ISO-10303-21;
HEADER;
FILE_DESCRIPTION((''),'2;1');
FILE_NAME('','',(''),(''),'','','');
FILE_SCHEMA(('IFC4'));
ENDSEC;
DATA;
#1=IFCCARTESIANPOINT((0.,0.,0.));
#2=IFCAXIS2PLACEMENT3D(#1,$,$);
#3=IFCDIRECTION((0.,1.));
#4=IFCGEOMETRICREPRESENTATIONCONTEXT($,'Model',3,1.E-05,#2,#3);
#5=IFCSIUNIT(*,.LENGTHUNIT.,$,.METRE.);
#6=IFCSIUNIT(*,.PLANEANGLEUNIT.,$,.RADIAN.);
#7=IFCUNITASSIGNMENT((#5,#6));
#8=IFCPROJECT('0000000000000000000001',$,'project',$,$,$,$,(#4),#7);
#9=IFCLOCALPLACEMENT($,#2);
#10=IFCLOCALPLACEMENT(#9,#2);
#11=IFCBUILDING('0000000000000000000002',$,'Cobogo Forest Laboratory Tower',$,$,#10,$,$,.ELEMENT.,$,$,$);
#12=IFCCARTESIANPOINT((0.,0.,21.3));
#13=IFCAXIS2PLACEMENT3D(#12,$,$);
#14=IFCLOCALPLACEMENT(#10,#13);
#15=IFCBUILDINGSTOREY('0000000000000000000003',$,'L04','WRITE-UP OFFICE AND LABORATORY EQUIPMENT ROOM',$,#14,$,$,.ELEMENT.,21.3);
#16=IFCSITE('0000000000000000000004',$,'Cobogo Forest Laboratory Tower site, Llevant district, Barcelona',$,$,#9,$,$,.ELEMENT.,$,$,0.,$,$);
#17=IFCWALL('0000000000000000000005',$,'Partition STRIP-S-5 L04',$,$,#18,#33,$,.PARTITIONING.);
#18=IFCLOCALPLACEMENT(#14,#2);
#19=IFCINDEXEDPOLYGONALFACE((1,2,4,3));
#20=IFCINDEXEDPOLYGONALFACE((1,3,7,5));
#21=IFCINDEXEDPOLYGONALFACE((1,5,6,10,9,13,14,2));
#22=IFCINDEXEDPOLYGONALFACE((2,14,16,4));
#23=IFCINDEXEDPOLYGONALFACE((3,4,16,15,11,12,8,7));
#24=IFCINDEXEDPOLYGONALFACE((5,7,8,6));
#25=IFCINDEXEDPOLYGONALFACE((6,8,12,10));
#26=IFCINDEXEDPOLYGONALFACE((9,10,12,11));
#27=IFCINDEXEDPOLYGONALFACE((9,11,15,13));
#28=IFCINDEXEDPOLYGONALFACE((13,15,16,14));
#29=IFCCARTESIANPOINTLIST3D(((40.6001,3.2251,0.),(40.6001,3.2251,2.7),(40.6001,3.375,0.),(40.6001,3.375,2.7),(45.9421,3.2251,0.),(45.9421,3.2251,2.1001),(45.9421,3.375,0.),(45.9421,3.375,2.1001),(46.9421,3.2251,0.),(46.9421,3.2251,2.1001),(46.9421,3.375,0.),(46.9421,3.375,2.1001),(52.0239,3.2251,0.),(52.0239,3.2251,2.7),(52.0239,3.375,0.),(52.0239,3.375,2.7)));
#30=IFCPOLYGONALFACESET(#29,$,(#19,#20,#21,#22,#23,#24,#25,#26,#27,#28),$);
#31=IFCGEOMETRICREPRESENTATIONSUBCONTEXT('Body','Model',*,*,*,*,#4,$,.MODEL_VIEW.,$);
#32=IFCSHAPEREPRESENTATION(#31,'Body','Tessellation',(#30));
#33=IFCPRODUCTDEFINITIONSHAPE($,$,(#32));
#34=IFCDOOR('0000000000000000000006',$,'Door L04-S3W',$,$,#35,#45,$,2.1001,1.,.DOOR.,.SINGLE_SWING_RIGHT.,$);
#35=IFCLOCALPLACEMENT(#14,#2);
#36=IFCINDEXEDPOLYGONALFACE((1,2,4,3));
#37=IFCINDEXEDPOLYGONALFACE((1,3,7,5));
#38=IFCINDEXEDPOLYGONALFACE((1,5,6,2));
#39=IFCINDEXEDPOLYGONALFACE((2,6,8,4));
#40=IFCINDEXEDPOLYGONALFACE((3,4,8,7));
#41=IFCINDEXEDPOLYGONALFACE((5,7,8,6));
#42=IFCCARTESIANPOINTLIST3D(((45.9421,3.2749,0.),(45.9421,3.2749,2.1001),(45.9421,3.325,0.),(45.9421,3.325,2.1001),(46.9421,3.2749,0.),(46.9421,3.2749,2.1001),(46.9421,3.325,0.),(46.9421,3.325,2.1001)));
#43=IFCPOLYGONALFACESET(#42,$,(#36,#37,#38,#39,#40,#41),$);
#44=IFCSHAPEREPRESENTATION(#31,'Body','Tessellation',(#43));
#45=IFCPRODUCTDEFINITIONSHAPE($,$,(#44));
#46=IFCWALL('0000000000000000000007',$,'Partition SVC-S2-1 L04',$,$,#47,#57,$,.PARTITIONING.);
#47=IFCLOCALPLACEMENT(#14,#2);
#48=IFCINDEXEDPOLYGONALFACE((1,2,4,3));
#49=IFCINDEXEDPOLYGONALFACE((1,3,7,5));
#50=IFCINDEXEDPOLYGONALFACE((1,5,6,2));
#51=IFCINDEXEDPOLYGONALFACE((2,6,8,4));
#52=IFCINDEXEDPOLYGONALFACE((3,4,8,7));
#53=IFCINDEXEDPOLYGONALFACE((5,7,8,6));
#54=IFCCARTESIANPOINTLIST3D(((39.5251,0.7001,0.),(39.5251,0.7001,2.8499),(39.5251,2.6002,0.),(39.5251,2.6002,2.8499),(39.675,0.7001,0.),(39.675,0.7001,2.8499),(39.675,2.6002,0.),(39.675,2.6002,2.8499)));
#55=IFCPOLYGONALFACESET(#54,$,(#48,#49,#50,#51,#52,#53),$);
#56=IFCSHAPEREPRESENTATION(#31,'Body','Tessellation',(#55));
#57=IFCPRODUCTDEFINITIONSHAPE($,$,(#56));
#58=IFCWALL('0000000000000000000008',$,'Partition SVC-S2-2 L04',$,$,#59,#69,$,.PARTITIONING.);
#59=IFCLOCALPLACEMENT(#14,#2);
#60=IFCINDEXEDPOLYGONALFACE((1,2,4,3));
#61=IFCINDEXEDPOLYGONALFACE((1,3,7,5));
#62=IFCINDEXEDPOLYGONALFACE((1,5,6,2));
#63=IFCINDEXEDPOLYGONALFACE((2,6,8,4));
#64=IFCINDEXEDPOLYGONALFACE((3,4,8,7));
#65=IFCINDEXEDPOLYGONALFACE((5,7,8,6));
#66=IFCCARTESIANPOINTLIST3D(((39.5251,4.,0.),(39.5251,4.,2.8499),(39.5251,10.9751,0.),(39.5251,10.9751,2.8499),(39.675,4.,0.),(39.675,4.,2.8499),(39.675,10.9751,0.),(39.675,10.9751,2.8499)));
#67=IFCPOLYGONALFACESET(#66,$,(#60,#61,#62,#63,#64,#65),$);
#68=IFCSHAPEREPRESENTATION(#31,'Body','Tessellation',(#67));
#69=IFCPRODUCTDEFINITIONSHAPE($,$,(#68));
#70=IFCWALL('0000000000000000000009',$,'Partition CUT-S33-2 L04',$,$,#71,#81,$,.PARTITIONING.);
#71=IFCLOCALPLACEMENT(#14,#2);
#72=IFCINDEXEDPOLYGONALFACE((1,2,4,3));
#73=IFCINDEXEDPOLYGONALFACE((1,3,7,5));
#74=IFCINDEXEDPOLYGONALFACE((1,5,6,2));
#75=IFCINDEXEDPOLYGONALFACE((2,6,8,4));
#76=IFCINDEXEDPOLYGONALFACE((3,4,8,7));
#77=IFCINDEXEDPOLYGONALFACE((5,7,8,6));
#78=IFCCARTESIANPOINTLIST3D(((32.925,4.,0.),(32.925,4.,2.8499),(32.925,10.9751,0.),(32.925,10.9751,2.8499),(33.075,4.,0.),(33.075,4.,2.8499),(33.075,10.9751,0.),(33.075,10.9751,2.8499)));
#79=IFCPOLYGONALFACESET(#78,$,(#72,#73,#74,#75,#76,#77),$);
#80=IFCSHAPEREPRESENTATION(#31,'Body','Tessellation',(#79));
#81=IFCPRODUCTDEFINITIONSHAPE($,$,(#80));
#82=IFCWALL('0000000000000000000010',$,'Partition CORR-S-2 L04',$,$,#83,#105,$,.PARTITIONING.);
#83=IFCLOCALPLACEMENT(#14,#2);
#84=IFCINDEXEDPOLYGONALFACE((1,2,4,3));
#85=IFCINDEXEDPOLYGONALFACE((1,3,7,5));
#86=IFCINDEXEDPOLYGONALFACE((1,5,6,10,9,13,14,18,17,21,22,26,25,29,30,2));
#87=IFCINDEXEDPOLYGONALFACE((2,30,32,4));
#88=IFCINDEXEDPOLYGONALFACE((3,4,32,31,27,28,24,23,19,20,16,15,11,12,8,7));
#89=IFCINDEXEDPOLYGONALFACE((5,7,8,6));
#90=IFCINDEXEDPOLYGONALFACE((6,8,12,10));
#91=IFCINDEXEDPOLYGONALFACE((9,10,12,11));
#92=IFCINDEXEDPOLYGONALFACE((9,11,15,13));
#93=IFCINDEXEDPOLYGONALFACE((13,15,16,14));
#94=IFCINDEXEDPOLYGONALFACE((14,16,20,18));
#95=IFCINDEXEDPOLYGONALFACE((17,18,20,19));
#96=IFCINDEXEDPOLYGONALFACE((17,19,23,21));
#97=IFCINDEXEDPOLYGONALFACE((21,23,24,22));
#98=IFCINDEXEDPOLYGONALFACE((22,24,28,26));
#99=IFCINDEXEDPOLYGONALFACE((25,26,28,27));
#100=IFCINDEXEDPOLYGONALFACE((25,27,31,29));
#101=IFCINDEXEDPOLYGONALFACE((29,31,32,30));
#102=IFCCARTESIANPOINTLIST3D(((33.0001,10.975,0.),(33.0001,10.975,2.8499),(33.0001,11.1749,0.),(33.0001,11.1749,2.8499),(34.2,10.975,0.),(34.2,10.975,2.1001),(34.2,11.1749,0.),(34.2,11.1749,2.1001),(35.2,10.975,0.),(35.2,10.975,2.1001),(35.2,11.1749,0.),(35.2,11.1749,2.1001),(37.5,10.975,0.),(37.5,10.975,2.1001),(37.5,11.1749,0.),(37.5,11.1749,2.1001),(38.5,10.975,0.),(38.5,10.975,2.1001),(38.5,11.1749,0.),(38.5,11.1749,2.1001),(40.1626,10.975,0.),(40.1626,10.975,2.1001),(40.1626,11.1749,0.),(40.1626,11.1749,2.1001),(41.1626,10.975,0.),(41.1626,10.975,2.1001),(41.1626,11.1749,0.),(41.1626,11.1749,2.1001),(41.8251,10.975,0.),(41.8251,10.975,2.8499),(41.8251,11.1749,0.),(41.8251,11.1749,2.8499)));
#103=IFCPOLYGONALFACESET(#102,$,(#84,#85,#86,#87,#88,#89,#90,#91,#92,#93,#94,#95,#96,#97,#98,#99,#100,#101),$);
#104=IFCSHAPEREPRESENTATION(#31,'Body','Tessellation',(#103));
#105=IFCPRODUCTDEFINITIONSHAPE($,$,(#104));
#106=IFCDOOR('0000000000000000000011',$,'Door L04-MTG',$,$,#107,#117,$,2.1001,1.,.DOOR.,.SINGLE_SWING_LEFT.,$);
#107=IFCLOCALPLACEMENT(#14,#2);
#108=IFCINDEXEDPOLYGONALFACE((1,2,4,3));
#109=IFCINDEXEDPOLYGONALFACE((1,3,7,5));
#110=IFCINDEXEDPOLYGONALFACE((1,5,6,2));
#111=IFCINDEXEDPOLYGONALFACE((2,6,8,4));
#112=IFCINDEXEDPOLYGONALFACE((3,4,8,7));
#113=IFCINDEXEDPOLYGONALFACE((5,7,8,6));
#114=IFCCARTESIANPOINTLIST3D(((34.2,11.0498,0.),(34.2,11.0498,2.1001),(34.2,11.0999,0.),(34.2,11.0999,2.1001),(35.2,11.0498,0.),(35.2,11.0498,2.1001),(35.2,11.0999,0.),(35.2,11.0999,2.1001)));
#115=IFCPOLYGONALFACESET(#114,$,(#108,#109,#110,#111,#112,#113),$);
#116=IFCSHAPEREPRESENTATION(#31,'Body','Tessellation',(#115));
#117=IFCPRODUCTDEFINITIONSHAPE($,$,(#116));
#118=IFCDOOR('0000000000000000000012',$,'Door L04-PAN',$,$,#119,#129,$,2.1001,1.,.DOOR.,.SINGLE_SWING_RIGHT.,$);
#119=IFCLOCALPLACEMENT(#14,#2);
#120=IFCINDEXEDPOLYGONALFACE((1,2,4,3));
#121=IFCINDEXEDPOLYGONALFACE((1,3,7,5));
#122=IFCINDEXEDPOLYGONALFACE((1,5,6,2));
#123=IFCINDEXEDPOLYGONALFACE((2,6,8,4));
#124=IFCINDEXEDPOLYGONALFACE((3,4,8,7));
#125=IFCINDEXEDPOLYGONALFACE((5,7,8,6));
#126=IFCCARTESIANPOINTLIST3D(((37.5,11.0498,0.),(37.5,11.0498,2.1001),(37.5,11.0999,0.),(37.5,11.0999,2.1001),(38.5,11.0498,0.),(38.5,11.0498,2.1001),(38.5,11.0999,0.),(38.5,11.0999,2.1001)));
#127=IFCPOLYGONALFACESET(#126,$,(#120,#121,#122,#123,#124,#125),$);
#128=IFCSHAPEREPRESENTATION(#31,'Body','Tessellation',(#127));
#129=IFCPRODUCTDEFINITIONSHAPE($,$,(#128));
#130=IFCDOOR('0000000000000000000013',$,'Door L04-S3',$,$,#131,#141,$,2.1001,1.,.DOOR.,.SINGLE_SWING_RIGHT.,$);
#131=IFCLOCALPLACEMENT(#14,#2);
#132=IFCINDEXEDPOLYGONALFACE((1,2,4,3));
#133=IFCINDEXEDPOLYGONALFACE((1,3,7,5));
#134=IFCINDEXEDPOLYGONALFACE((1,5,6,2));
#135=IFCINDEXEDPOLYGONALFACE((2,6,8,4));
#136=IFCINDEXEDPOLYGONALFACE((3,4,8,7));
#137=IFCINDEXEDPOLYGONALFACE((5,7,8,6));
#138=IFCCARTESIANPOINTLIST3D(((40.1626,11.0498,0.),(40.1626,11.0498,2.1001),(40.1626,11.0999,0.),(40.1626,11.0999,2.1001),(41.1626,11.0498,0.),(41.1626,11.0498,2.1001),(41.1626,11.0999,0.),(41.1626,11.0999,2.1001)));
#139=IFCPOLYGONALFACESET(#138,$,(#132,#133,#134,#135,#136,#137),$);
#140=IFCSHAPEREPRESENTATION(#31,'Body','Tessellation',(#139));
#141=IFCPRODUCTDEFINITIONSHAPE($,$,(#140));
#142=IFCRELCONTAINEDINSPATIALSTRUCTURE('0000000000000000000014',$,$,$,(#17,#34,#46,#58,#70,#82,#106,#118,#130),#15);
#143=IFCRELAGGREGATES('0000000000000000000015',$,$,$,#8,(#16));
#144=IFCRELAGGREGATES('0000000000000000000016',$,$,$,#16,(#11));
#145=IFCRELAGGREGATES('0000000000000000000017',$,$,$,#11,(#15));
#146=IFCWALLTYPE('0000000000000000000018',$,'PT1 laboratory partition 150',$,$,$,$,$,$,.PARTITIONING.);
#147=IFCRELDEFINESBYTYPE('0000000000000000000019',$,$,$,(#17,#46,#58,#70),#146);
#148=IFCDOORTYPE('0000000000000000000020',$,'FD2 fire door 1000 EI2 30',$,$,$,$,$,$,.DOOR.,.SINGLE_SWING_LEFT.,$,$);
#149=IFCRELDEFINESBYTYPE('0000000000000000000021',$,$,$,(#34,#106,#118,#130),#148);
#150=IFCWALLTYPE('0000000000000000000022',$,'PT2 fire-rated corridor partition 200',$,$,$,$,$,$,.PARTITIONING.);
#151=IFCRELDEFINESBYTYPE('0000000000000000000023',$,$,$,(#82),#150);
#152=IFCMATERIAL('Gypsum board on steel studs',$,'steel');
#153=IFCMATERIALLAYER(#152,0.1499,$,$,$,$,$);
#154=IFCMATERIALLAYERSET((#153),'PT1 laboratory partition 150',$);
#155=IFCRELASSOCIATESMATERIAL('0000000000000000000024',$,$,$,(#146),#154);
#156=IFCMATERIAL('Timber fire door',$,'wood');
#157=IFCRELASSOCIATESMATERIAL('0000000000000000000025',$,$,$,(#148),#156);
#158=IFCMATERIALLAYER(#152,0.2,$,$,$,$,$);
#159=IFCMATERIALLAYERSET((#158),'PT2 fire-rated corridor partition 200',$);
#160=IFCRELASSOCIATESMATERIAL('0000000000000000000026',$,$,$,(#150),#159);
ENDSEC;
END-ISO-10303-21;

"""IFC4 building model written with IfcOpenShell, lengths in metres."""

from ifc_helpers import new_model, si_unit, direction, frame, frame_2d, origin, place, context, subcontext, project, spatial, rectangle, extrude, material, layer, layer_set, type_object, element, fill, save


model = new_model("IFC4")

# Units and contexts
model_context = context("Model", 3, precision=1e-05, world=origin(), true_north=direction((0.0, 1.0)))
body_context = subcontext(model_context, "Body", "Model", "MODEL_VIEW")
ifc_project = project(units=[si_unit("LENGTHUNIT", "METRE"), si_unit("PLANEANGLEUNIT", "RADIAN")], contexts=[model_context])

# Site, building, storey
site_placement = place(None, origin())
site = spatial("IfcSite", under=ifc_project, at=site_placement, Name="Cobogo Forest Laboratory Tower site, Llevant district, Barcelona", CompositionType="ELEMENT", RefElevation=0.0)
building_placement = place(site_placement, origin())
building = spatial("IfcBuilding", under=site, at=building_placement, Name="Cobogo Forest Laboratory Tower", CompositionType="ELEMENT")
storey_placement = place(building_placement, frame((0.0, 0.0, 21.3)))
storey = spatial("IfcBuildingStorey", under=building, at=storey_placement, Name="L04", Description="WRITE-UP OFFICE AND LABORATORY EQUIPMENT ROOM", CompositionType="ELEMENT", Elevation=21.3)

# Wall, opening, door
ifc_material_1 = material(Name="Gypsum board on steel studs", Category="steel")
ifc_layer_1 = layer(ifc_material_1, 0.1499)
ifc_layer_set_1 = layer_set([ifc_layer_1], Name="PT1 laboratory partition 150")
wall_type_1 = type_object("IfcWallType", Name="PT1 laboratory partition 150", PredefinedType="PARTITIONING", material=ifc_layer_set_1)
wall_1_placement = place(storey_placement, frame((40.6001, 3.3, 0.0), z_axis=(0.0, 0.0, 1.0), x_axis=(1.0, 0.0, 0.0)))
wall_1 = element("IfcWall", 1, at=wall_1_placement, inside=storey, type_object=wall_type_1, Name="Partition STRIP-S-5 L04", PredefinedType="PARTITIONING", context=body_context, shape_type="SweptSolid", body=[
    extrude(rectangle(XDim=11.4238, YDim=0.1499, at=frame_2d((5.7119, 0.0))), origin(), (0.0, 0.0, 1.0), 2.7),
])
opening_1_placement = place(wall_1_placement, frame((5.342, 0.0, 0.0)))
opening_1 = element("IfcOpeningElement", 2, at=opening_1_placement, cuts=wall_1, PredefinedType="OPENING", context=body_context, shape_type="SweptSolid", body=[
    extrude(rectangle(XDim=1.0, YDim=2.1001, at=frame_2d((0.5, 1.05))), frame((0.0, 0.085, 0.0), z_axis=(0.0, -1.0, 0.0), x_axis=(1.0, 0.0, 0.0)), (0.0, 0.0, 1.0), 0.1699),
])
ifc_material_2 = material(Name="Timber fire door", Category="wood")
door_type_1 = type_object("IfcDoorType", Name="FD2 fire door 1000 EI2 30", OperationType="SINGLE_SWING_LEFT", PredefinedType="DOOR", material=ifc_material_2)
door_1_placement = place(opening_1_placement, origin())
door_1 = element("IfcDoor", 3, at=door_1_placement, inside=storey, type_object=door_type_1, Name="Door L04-S3W", OperationType="SINGLE_SWING_RIGHT", OverallHeight=2.1001, OverallWidth=1.0, PredefinedType="DOOR", context=body_context, shape_type="SweptSolid", body=[
    extrude(rectangle(XDim=1.0, YDim=2.1001, at=frame_2d((0.5, 1.05))), frame((0.0, 0.0249, 0.0), z_axis=(0.0, -1.0, 0.0), x_axis=(1.0, 0.0, 0.0)), (0.0, 0.0, 1.0), 0.05),
])
fill(opening_1, door_1)

# Walls
wall_2_placement = place(storey_placement, frame((39.6001, 0.7, 0.0), z_axis=(0.0, 0.0, 1.0), x_axis=(0.0, 1.0, 0.0)))
element("IfcWall", 4, at=wall_2_placement, inside=storey, type_object=wall_type_1, Name="Partition SVC-S2-1 L04", PredefinedType="PARTITIONING", context=body_context, shape_type="SweptSolid", body=[
    extrude(rectangle(XDim=1.9001, YDim=0.1499, at=frame_2d((0.9502, 0.0))), origin(), (0.0, 0.0, 1.0), 2.8499),
])
for number, where, z_axis, x_axis, name in (
    (5, (39.6001, 4.0, 0.0), (0.0, 0.0, 1.0), (0.0, 1.0, 0.0), "Partition SVC-S2-2 L04"),
    (6, (33.0, 4.0, 0.0), (0.0, 0.0, 1.0), (0.0, 1.0, 0.0), "Partition CUT-S33-2 L04"),
):
    element("IfcWall", number, at=place(storey_placement, frame(where, z_axis=z_axis, x_axis=x_axis)), inside=storey, type_object=wall_type_1, Name=name, PredefinedType="PARTITIONING", context=body_context, shape_type="SweptSolid", body=[
        extrude(rectangle(XDim=6.9751, YDim=0.1499, at=frame_2d((3.4875, 0.0))), origin(), (0.0, 0.0, 1.0), 2.8499),
    ])

# Wall, openings, doors
ifc_layer_2 = layer(ifc_material_1, 0.2)
ifc_layer_set_2 = layer_set([ifc_layer_2], Name="PT2 fire-rated corridor partition 200")
wall_type_2 = type_object("IfcWallType", Name="PT2 fire-rated corridor partition 200", PredefinedType="PARTITIONING", material=ifc_layer_set_2)
wall_3_placement = place(storey_placement, frame((33.0, 11.075, 0.0), z_axis=(0.0, 0.0, 1.0), x_axis=(1.0, 0.0, 0.0)))
wall_3 = element("IfcWall", 7, at=wall_3_placement, inside=storey, type_object=wall_type_2, Name="Partition CORR-S-2 L04", PredefinedType="PARTITIONING", context=body_context, shape_type="SweptSolid", body=[
    extrude(rectangle(XDim=8.825, YDim=0.2, at=frame_2d((4.4126, 0.0))), origin(), (0.0, 0.0, 1.0), 2.8499),
])
opening_2_placement = place(wall_3_placement, frame((1.2, 0.0, 0.0)))
opening_2 = element("IfcOpeningElement", 8, at=opening_2_placement, cuts=wall_3, PredefinedType="OPENING", context=body_context, shape_type="SweptSolid", body=[
    extrude(rectangle(XDim=1.0, YDim=2.1001, at=frame_2d((0.5, 1.05))), frame((0.0, 0.1099, 0.0), z_axis=(0.0, -1.0, 0.0), x_axis=(1.0, 0.0, 0.0)), (0.0, 0.0, 1.0), 0.22),
])
opening_3_placement = place(wall_3_placement, frame((4.5, 0.0, 0.0)))
opening_3 = element("IfcOpeningElement", 9, at=opening_3_placement, cuts=wall_3, PredefinedType="OPENING", context=body_context, shape_type="SweptSolid", body=[
    extrude(rectangle(XDim=1.0, YDim=2.1001, at=frame_2d((0.5, 1.05))), frame((0.0, 0.1099, 0.0), z_axis=(0.0, -1.0, 0.0), x_axis=(1.0, 0.0, 0.0)), (0.0, 0.0, 1.0), 0.22),
])
opening_4_placement = place(wall_3_placement, frame((7.1626, 0.0, 0.0)))
opening_4 = element("IfcOpeningElement", 10, at=opening_4_placement, cuts=wall_3, PredefinedType="OPENING", context=body_context, shape_type="SweptSolid", body=[
    extrude(rectangle(XDim=1.0, YDim=2.1001, at=frame_2d((0.5, 1.05))), frame((0.0, 0.1099, 0.0), z_axis=(0.0, -1.0, 0.0), x_axis=(1.0, 0.0, 0.0)), (0.0, 0.0, 1.0), 0.22),
])
door_2_placement = place(opening_2_placement, origin())
door_2 = element("IfcDoor", 11, at=door_2_placement, inside=storey, type_object=door_type_1, Name="Door L04-MTG", OperationType="SINGLE_SWING_LEFT", OverallHeight=2.1001, OverallWidth=1.0, PredefinedType="DOOR", context=body_context, shape_type="SweptSolid", body=[
    extrude(rectangle(XDim=1.0, YDim=2.1001, at=frame_2d((0.5, 1.05))), frame((0.0, 0.0249, 0.0), z_axis=(0.0, -1.0, 0.0), x_axis=(1.0, 0.0, 0.0)), (0.0, 0.0, 1.0), 0.05),
])
fill(opening_2, door_2)
door_3_placement = place(opening_3_placement, origin())
door_3 = element("IfcDoor", 12, at=door_3_placement, inside=storey, type_object=door_type_1, Name="Door L04-PAN", OperationType="SINGLE_SWING_RIGHT", OverallHeight=2.1001, OverallWidth=1.0, PredefinedType="DOOR", context=body_context, shape_type="SweptSolid", body=[
    extrude(rectangle(XDim=1.0, YDim=2.1001, at=frame_2d((0.5, 1.05))), frame((0.0, 0.0249, 0.0), z_axis=(0.0, -1.0, 0.0), x_axis=(1.0, 0.0, 0.0)), (0.0, 0.0, 1.0), 0.05),
])
fill(opening_3, door_3)
door_4_placement = place(opening_4_placement, origin())
door_4 = element("IfcDoor", 13, at=door_4_placement, inside=storey, type_object=door_type_1, Name="Door L04-S3", OperationType="SINGLE_SWING_RIGHT", OverallHeight=2.1001, OverallWidth=1.0, PredefinedType="DOOR", context=body_context, shape_type="SweptSolid", body=[
    extrude(rectangle(XDim=1.0, YDim=2.1001, at=frame_2d((0.5, 1.05))), frame((0.0, 0.0249, 0.0), z_axis=(0.0, -1.0, 0.0), x_axis=(1.0, 0.0, 0.0)), (0.0, 0.0, 1.0), 0.05),
])
fill(opening_4, door_4)

save(model, "model.ifc")
